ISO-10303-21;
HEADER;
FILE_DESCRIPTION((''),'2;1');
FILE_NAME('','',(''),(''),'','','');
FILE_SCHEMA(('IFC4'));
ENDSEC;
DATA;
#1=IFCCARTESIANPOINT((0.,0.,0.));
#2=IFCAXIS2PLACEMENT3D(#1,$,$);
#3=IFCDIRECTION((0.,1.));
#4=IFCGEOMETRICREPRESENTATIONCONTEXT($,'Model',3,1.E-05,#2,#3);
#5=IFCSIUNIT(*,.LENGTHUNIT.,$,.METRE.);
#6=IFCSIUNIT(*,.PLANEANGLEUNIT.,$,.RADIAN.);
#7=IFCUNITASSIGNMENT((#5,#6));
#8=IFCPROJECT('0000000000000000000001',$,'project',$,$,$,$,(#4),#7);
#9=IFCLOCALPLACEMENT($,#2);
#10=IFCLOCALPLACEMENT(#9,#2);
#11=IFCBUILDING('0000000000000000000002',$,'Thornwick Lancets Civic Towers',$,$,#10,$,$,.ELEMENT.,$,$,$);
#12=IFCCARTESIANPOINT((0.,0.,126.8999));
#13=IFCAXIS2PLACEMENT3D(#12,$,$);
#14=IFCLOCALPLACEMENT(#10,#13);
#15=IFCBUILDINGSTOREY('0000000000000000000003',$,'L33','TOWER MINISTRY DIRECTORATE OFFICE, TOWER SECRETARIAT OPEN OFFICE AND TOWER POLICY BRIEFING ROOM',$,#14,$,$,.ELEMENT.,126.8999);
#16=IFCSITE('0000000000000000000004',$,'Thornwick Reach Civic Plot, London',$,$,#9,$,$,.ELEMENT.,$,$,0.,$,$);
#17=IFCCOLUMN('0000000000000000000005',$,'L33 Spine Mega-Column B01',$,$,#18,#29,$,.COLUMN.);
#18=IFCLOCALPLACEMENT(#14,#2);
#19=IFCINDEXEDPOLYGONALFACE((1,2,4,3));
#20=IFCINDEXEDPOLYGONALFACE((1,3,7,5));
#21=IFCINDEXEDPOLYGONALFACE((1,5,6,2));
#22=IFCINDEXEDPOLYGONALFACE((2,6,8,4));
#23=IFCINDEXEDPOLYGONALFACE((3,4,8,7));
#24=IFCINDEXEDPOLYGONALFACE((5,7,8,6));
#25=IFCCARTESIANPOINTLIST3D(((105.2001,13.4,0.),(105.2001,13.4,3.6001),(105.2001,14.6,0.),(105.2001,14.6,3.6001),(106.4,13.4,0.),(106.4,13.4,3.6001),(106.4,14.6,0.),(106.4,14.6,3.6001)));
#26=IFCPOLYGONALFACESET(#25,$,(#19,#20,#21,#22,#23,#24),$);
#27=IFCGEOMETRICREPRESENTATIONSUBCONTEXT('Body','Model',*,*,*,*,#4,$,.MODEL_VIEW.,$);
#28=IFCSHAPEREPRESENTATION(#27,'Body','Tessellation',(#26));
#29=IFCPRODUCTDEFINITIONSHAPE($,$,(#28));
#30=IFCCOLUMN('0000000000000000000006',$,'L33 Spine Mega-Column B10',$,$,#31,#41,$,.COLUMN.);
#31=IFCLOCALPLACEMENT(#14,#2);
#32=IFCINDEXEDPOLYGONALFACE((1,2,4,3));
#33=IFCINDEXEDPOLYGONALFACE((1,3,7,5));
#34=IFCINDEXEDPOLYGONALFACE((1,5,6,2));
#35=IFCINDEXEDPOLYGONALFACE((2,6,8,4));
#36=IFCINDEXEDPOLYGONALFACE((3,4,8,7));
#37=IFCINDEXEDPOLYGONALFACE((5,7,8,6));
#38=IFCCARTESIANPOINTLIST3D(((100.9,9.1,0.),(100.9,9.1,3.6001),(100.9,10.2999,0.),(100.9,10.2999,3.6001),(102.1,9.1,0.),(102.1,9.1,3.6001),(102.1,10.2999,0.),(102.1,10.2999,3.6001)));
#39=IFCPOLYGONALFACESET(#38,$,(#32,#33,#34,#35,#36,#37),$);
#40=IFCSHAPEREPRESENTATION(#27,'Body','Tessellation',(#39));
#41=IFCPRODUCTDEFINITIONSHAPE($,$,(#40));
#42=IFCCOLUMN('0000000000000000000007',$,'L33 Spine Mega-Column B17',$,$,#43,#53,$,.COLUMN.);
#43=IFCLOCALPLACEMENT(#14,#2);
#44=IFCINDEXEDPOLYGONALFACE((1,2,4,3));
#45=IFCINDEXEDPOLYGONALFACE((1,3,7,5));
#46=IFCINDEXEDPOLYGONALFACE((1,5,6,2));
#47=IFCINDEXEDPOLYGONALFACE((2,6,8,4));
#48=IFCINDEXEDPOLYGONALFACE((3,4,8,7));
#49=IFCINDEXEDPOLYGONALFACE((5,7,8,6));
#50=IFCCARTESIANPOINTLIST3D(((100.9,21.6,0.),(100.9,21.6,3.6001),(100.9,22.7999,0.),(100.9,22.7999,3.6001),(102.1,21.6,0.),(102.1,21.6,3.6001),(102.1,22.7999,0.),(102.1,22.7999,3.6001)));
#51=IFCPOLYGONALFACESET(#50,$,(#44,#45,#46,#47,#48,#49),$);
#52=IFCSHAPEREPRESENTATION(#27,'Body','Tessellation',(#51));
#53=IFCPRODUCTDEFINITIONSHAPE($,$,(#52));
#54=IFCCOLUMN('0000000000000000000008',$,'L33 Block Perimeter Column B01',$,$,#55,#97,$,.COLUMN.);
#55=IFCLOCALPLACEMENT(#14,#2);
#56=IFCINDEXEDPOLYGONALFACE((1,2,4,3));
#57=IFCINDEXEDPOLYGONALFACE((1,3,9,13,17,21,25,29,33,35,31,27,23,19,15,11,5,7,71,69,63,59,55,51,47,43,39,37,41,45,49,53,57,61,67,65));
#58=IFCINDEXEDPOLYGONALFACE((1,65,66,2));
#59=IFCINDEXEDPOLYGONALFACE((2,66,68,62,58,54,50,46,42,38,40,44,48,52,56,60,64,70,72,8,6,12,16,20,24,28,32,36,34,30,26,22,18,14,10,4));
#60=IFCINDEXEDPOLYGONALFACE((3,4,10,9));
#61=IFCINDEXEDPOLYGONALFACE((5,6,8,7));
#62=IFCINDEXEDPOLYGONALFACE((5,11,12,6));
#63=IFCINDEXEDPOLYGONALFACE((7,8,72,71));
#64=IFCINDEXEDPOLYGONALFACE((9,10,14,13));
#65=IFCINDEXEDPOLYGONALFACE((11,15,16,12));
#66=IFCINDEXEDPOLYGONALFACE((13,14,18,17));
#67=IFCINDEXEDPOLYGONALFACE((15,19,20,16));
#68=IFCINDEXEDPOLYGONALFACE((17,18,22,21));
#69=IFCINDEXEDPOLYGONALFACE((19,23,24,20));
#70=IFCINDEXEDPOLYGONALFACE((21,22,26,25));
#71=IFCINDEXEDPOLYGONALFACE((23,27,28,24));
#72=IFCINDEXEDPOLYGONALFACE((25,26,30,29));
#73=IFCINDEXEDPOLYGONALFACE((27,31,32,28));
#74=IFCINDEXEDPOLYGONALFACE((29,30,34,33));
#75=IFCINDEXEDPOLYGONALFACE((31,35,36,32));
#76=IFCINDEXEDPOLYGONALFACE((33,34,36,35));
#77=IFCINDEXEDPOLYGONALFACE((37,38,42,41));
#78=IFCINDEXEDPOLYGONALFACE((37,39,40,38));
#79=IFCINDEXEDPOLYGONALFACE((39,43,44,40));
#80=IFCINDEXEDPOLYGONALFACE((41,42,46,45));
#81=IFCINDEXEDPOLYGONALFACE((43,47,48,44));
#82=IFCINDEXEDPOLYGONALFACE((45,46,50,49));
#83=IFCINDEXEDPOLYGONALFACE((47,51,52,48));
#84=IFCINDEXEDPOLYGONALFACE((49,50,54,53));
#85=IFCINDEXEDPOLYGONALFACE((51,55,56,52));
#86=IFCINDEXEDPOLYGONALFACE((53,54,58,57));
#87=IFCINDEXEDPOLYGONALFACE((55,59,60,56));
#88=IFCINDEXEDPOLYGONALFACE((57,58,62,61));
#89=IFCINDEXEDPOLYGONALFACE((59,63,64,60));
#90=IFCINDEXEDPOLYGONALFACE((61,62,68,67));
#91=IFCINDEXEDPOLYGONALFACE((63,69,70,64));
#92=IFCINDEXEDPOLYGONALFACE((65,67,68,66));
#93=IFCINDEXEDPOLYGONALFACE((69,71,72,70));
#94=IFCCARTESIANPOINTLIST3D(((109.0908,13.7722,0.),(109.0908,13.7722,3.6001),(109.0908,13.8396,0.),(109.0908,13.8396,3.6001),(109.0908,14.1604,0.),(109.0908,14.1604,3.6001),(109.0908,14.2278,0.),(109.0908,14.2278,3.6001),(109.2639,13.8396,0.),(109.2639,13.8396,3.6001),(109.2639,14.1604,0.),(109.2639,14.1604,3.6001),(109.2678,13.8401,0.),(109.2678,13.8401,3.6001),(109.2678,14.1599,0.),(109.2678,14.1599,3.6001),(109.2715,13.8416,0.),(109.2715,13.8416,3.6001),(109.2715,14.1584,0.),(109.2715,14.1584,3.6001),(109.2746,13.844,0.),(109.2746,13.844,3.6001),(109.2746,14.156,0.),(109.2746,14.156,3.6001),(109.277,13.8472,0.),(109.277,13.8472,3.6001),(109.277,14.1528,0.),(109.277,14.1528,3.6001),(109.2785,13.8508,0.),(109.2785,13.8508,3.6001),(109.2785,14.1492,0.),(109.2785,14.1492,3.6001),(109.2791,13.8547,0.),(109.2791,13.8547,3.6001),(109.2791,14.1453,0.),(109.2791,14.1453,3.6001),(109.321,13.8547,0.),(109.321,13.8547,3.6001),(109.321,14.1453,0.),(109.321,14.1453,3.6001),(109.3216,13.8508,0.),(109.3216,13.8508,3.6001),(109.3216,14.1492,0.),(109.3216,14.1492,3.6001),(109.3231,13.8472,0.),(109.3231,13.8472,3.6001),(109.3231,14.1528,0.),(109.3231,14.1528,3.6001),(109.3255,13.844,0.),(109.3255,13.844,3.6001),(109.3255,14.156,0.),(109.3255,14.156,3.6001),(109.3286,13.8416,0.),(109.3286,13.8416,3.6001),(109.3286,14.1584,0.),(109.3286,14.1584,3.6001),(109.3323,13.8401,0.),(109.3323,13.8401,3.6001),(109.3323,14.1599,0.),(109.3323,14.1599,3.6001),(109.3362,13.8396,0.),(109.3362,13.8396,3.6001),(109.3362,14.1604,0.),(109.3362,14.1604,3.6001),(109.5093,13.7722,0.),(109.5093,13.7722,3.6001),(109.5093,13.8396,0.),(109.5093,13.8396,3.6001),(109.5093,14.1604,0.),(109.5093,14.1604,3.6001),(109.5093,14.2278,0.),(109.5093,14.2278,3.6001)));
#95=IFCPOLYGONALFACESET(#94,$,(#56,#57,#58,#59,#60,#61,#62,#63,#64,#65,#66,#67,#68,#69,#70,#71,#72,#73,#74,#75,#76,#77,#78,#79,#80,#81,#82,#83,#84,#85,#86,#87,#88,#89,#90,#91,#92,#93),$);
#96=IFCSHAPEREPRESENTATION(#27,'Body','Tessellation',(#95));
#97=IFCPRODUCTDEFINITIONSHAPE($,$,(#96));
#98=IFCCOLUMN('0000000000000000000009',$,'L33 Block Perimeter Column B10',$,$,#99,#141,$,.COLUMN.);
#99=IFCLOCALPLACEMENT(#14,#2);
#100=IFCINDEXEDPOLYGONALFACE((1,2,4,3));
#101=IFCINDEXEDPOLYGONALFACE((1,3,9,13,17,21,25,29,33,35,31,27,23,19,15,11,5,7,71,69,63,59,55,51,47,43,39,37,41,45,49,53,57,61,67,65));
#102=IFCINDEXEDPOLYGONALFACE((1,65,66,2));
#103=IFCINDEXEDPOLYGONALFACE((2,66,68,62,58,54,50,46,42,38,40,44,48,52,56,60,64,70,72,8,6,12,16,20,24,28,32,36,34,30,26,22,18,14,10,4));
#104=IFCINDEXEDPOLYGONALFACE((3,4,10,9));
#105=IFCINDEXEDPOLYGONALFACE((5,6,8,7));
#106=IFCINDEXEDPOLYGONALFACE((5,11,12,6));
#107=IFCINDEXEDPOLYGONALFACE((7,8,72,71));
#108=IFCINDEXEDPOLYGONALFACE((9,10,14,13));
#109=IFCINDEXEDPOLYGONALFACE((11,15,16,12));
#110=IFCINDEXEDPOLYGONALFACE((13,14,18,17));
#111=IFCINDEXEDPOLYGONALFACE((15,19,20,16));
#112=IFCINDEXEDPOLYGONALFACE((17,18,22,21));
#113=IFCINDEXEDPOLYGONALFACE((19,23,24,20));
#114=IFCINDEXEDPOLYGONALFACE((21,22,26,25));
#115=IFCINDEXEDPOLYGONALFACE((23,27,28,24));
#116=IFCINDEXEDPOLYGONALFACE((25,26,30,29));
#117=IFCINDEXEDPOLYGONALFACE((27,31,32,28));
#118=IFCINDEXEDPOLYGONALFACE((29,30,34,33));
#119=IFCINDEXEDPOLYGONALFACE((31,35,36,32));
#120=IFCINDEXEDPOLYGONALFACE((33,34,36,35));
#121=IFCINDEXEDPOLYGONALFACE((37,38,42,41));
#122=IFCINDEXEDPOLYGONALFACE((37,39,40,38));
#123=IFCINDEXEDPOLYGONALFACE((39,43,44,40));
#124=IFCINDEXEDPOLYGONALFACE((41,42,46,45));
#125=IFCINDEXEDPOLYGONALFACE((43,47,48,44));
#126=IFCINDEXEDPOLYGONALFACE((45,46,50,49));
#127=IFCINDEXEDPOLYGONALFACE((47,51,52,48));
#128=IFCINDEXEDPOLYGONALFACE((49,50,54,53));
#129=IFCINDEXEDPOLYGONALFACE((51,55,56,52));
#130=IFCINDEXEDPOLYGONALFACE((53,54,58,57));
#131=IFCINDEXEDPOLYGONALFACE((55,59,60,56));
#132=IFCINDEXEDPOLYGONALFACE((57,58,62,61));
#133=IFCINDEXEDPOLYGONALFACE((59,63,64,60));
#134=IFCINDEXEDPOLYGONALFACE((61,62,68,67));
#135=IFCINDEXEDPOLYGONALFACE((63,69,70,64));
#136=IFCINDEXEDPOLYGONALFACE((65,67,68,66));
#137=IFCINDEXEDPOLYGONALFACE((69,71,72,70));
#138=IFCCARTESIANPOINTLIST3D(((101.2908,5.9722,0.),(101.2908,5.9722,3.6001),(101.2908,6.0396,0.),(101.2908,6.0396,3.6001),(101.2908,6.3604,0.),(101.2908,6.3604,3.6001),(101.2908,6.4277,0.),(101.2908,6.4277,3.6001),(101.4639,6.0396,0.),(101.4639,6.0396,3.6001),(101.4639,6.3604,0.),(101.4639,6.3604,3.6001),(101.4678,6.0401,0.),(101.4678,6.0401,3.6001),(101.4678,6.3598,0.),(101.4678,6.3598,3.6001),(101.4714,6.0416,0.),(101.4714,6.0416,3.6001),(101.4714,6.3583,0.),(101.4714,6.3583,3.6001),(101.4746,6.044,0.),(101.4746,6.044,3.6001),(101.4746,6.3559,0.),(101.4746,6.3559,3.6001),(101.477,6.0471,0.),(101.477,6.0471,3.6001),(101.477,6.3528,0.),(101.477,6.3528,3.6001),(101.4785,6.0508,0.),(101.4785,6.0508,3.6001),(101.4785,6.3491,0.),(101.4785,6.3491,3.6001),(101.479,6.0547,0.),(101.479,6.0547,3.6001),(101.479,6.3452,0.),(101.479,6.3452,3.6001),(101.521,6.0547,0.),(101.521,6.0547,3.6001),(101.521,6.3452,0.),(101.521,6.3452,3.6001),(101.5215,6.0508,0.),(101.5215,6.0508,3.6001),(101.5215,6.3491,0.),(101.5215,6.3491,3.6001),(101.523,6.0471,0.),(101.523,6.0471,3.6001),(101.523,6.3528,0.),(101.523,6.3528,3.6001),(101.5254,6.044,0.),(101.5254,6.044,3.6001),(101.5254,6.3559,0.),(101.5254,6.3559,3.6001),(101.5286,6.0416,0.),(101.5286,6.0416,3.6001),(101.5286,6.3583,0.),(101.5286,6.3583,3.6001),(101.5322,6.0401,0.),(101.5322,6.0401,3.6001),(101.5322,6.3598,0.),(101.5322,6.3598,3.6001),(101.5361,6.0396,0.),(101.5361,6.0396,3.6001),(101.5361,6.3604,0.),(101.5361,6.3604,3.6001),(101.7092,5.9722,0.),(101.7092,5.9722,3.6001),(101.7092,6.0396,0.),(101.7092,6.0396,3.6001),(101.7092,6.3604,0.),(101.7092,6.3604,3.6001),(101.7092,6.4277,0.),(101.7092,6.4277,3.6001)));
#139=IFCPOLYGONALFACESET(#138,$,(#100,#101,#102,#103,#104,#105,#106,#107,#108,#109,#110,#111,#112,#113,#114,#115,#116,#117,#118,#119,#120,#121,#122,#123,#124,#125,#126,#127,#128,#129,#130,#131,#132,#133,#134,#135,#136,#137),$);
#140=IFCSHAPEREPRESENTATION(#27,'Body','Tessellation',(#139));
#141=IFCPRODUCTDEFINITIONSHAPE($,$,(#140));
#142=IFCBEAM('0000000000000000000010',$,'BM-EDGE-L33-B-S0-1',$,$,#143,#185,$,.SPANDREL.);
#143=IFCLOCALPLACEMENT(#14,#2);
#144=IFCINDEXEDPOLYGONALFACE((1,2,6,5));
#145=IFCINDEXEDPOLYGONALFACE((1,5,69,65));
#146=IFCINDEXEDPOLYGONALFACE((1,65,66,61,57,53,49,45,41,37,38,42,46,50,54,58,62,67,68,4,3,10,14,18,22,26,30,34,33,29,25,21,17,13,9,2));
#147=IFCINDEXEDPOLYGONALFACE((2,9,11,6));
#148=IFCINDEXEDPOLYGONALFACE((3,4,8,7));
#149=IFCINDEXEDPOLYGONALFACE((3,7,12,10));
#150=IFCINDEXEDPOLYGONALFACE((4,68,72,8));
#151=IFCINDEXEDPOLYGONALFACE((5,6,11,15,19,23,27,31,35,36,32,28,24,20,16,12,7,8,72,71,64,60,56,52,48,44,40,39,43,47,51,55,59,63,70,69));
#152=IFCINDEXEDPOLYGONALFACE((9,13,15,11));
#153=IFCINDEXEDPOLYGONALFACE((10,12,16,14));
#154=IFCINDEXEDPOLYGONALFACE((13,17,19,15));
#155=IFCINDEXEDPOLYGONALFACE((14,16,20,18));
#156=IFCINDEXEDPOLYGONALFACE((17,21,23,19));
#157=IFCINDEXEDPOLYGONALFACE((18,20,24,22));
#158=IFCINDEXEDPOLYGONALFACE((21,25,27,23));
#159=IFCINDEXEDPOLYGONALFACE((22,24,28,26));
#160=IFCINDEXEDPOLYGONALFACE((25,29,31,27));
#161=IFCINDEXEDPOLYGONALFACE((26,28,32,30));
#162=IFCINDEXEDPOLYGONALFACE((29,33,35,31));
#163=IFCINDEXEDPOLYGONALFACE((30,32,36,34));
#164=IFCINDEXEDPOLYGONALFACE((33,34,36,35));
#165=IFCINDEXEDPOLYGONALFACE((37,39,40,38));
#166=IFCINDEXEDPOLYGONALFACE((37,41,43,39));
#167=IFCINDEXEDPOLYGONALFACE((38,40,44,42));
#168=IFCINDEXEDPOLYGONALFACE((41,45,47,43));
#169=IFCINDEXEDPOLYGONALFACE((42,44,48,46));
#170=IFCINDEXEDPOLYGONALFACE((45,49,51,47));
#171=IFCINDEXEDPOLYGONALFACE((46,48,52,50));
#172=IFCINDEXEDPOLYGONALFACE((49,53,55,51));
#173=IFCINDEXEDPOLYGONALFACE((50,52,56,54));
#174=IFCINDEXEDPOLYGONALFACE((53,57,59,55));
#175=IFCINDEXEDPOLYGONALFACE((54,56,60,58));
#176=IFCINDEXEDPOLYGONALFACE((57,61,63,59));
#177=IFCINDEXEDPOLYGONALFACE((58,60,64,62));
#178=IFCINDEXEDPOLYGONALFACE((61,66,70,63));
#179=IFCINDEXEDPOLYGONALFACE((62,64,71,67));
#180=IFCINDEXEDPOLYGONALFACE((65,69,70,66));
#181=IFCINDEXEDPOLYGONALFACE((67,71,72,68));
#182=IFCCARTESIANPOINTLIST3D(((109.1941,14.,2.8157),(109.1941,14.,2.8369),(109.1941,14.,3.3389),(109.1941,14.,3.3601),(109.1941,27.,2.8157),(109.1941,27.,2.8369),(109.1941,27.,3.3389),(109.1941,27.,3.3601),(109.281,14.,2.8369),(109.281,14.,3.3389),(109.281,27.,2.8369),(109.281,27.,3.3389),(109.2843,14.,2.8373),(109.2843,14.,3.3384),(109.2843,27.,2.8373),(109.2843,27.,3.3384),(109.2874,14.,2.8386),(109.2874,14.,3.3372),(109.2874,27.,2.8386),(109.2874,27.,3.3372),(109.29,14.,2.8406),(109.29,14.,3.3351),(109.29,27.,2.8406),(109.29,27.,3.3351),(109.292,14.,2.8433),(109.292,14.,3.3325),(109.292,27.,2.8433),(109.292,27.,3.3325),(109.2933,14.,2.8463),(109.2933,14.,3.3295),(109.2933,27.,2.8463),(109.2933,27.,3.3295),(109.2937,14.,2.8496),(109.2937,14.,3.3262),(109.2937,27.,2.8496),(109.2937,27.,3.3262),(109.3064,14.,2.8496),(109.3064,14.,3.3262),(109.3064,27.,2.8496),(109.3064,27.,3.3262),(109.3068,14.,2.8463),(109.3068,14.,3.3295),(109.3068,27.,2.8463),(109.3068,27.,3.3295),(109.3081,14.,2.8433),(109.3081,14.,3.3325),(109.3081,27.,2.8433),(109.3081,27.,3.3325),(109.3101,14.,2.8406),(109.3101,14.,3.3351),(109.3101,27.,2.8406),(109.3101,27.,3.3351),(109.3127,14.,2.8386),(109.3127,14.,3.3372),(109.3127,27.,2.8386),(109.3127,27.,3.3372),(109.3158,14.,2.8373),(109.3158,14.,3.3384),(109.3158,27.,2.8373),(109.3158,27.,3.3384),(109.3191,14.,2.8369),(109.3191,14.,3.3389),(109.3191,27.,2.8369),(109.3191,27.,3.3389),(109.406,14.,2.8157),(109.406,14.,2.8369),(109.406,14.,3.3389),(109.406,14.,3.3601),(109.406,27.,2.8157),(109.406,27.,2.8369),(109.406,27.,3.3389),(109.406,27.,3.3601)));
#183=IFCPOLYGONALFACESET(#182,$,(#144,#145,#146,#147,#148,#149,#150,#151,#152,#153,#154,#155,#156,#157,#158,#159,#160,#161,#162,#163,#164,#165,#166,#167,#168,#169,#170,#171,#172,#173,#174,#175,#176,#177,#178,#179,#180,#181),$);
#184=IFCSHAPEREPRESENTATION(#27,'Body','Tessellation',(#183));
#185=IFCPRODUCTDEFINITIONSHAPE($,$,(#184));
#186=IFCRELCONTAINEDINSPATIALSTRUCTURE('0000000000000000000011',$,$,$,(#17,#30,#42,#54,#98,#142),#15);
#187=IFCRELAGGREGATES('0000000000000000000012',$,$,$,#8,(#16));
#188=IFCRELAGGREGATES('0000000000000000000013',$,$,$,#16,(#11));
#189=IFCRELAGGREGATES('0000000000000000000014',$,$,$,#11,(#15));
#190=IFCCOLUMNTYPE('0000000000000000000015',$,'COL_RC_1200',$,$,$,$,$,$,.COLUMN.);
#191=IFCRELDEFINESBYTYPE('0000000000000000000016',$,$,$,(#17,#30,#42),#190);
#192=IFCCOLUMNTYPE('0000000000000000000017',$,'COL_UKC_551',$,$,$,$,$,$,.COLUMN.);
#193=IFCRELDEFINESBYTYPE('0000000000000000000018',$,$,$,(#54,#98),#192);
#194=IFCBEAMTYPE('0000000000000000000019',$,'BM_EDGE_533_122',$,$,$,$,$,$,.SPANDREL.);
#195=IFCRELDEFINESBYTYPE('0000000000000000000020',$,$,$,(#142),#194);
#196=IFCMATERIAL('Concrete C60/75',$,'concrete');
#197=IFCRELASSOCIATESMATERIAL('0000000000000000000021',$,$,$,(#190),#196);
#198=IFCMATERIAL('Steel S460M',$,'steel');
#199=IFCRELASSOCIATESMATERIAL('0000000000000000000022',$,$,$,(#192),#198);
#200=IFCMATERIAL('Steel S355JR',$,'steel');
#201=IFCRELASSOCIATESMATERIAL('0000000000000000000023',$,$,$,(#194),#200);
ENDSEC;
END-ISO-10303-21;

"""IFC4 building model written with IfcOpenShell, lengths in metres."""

from ifc_helpers import new_model, si_unit, direction, frame, origin, origin_2d, place, context, subcontext, project, spatial, rectangle, i_section, extrude, material, material_profile, profile_set, type_object, element, save


model = new_model("IFC4")

# Units and contexts
model_context = context("Model", 3, precision=1e-05, world=origin(), true_north=direction((0.0, 1.0)))
body_context = subcontext(model_context, "Body", "Model", "MODEL_VIEW")
ifc_project = project(units=[si_unit("LENGTHUNIT", "METRE"), si_unit("PLANEANGLEUNIT", "RADIAN")], contexts=[model_context])

# Site, building, storey
site_placement = place(None, origin())
site = spatial("IfcSite", under=ifc_project, at=site_placement, Name="Thornwick Reach Civic Plot, London", CompositionType="ELEMENT", RefElevation=0.0)
building_placement = place(site_placement, origin())
building = spatial("IfcBuilding", under=site, at=building_placement, Name="Thornwick Lancets Civic Towers", CompositionType="ELEMENT")
storey_placement = place(building_placement, frame((0.0, 0.0, 126.8999)))
storey = spatial("IfcBuildingStorey", under=building, at=storey_placement, Name="L33", Description="TOWER MINISTRY DIRECTORATE OFFICE, TOWER SECRETARIAT OPEN OFFICE AND TOWER POLICY BRIEFING ROOM", CompositionType="ELEMENT", Elevation=126.8999)

# Columns
ifc_material_1 = material(Name="Concrete C60/75", Category="concrete")
ifc_material_profile_1 = material_profile(ifc_material_1, rectangle(XDim=1.2, YDim=1.2, at=origin_2d()), Name="RC 1200x1200")
ifc_profile_set_1 = profile_set([ifc_material_profile_1], Name="Concrete C60/75")
column_type_1 = type_object("IfcColumnType", Name="COL_RC_1200", PredefinedType="COLUMN", material=ifc_profile_set_1)
for number, where, z_axis, x_axis, name in (
    (1, (105.8, 14.0, 0.0), (0.0, 0.0, 1.0), (1.0, 0.0, 0.0), "L33 Spine Mega-Column B01"),
    (2, (101.5, 9.7, 0.0), (0.0, 0.0, 1.0), (1.0, 0.0, 0.0), "L33 Spine Mega-Column B10"),
    (3, (101.5, 22.2, 0.0), (0.0, 0.0, 1.0), (1.0, 0.0, 0.0), "L33 Spine Mega-Column B17"),
):
    element("IfcColumn", number, at=place(storey_placement, frame(where, z_axis=z_axis, x_axis=x_axis)), inside=storey, type_object=column_type_1, Name=name, PredefinedType="COLUMN", context=body_context, shape_type="SweptSolid", body=[
        extrude(rectangle(XDim=1.2, YDim=1.2, at=origin_2d()), origin(), (0.0, 0.0, 1.0), 3.6001),
    ])
ifc_material_2 = material(Name="Steel S460M", Category="steel")
ifc_material_profile_2 = material_profile(ifc_material_2, i_section(OverallWidth=0.4185, OverallDepth=0.4556, WebThickness=0.042, FlangeThickness=0.0674, FilletRadius=0.0151, at=origin_2d()), Name="UKC 356x406x551")
ifc_profile_set_2 = profile_set([ifc_material_profile_2], Name="Steel S460M")
column_type_2 = type_object("IfcColumnType", Name="COL_UKC_551", PredefinedType="COLUMN", material=ifc_profile_set_2)
for number, where, z_axis, x_axis, name in (
    (4, (109.3, 14.0, 0.0), (0.0, 0.0, 1.0), (1.0, 0.0, 0.0), "L33 Block Perimeter Column B01"),
    (5, (101.5, 6.2, 0.0), (0.0, 0.0, 1.0), (1.0, 0.0, 0.0), "L33 Block Perimeter Column B10"),
):
    element("IfcColumn", number, at=place(storey_placement, frame(where, z_axis=z_axis, x_axis=x_axis)), inside=storey, type_object=column_type_2, Name=name, PredefinedType="COLUMN", context=body_context, shape_type="SweptSolid", body=[
        extrude(i_section(OverallWidth=0.4185, OverallDepth=0.4556, WebThickness=0.042, FlangeThickness=0.0674, FilletRadius=0.0151, at=origin_2d()), origin(), (0.0, 0.0, 1.0), 3.6001),
    ])

# Beam
ifc_material_3 = material(Name="Steel S355JR", Category="steel")
ifc_material_profile_3 = material_profile(ifc_material_3, i_section(OverallWidth=0.2119, OverallDepth=0.5444, WebThickness=0.0127, FlangeThickness=0.0212, FilletRadius=0.0127, at=origin_2d()), Name="UKB 533x210x122")
ifc_profile_set_3 = profile_set([ifc_material_profile_3], Name="Steel S355JR")
beam_type_1 = type_object("IfcBeamType", Name="BM_EDGE_533_122", PredefinedType="SPANDREL", material=ifc_profile_set_3)
for number, where, z_axis, x_axis, name in (
    (6, (109.3, 14.0, 3.0879), (0.0, 1.0, 0.0), (-1.0, 0.0, 0.0), "BM-EDGE-L33-B-S0-1"),
):
    element("IfcBeam", number, at=place(storey_placement, frame(where, z_axis=z_axis, x_axis=x_axis)), inside=storey, type_object=beam_type_1, Name=name, PredefinedType="SPANDREL", context=body_context, shape_type="SweptSolid", body=[
        extrude(i_section(OverallWidth=0.2119, OverallDepth=0.5444, WebThickness=0.0127, FlangeThickness=0.0212, FilletRadius=0.0127, at=origin_2d()), origin(), (0.0, 0.0, 1.0), 13.0),
    ])

save(model, "model.ifc")
